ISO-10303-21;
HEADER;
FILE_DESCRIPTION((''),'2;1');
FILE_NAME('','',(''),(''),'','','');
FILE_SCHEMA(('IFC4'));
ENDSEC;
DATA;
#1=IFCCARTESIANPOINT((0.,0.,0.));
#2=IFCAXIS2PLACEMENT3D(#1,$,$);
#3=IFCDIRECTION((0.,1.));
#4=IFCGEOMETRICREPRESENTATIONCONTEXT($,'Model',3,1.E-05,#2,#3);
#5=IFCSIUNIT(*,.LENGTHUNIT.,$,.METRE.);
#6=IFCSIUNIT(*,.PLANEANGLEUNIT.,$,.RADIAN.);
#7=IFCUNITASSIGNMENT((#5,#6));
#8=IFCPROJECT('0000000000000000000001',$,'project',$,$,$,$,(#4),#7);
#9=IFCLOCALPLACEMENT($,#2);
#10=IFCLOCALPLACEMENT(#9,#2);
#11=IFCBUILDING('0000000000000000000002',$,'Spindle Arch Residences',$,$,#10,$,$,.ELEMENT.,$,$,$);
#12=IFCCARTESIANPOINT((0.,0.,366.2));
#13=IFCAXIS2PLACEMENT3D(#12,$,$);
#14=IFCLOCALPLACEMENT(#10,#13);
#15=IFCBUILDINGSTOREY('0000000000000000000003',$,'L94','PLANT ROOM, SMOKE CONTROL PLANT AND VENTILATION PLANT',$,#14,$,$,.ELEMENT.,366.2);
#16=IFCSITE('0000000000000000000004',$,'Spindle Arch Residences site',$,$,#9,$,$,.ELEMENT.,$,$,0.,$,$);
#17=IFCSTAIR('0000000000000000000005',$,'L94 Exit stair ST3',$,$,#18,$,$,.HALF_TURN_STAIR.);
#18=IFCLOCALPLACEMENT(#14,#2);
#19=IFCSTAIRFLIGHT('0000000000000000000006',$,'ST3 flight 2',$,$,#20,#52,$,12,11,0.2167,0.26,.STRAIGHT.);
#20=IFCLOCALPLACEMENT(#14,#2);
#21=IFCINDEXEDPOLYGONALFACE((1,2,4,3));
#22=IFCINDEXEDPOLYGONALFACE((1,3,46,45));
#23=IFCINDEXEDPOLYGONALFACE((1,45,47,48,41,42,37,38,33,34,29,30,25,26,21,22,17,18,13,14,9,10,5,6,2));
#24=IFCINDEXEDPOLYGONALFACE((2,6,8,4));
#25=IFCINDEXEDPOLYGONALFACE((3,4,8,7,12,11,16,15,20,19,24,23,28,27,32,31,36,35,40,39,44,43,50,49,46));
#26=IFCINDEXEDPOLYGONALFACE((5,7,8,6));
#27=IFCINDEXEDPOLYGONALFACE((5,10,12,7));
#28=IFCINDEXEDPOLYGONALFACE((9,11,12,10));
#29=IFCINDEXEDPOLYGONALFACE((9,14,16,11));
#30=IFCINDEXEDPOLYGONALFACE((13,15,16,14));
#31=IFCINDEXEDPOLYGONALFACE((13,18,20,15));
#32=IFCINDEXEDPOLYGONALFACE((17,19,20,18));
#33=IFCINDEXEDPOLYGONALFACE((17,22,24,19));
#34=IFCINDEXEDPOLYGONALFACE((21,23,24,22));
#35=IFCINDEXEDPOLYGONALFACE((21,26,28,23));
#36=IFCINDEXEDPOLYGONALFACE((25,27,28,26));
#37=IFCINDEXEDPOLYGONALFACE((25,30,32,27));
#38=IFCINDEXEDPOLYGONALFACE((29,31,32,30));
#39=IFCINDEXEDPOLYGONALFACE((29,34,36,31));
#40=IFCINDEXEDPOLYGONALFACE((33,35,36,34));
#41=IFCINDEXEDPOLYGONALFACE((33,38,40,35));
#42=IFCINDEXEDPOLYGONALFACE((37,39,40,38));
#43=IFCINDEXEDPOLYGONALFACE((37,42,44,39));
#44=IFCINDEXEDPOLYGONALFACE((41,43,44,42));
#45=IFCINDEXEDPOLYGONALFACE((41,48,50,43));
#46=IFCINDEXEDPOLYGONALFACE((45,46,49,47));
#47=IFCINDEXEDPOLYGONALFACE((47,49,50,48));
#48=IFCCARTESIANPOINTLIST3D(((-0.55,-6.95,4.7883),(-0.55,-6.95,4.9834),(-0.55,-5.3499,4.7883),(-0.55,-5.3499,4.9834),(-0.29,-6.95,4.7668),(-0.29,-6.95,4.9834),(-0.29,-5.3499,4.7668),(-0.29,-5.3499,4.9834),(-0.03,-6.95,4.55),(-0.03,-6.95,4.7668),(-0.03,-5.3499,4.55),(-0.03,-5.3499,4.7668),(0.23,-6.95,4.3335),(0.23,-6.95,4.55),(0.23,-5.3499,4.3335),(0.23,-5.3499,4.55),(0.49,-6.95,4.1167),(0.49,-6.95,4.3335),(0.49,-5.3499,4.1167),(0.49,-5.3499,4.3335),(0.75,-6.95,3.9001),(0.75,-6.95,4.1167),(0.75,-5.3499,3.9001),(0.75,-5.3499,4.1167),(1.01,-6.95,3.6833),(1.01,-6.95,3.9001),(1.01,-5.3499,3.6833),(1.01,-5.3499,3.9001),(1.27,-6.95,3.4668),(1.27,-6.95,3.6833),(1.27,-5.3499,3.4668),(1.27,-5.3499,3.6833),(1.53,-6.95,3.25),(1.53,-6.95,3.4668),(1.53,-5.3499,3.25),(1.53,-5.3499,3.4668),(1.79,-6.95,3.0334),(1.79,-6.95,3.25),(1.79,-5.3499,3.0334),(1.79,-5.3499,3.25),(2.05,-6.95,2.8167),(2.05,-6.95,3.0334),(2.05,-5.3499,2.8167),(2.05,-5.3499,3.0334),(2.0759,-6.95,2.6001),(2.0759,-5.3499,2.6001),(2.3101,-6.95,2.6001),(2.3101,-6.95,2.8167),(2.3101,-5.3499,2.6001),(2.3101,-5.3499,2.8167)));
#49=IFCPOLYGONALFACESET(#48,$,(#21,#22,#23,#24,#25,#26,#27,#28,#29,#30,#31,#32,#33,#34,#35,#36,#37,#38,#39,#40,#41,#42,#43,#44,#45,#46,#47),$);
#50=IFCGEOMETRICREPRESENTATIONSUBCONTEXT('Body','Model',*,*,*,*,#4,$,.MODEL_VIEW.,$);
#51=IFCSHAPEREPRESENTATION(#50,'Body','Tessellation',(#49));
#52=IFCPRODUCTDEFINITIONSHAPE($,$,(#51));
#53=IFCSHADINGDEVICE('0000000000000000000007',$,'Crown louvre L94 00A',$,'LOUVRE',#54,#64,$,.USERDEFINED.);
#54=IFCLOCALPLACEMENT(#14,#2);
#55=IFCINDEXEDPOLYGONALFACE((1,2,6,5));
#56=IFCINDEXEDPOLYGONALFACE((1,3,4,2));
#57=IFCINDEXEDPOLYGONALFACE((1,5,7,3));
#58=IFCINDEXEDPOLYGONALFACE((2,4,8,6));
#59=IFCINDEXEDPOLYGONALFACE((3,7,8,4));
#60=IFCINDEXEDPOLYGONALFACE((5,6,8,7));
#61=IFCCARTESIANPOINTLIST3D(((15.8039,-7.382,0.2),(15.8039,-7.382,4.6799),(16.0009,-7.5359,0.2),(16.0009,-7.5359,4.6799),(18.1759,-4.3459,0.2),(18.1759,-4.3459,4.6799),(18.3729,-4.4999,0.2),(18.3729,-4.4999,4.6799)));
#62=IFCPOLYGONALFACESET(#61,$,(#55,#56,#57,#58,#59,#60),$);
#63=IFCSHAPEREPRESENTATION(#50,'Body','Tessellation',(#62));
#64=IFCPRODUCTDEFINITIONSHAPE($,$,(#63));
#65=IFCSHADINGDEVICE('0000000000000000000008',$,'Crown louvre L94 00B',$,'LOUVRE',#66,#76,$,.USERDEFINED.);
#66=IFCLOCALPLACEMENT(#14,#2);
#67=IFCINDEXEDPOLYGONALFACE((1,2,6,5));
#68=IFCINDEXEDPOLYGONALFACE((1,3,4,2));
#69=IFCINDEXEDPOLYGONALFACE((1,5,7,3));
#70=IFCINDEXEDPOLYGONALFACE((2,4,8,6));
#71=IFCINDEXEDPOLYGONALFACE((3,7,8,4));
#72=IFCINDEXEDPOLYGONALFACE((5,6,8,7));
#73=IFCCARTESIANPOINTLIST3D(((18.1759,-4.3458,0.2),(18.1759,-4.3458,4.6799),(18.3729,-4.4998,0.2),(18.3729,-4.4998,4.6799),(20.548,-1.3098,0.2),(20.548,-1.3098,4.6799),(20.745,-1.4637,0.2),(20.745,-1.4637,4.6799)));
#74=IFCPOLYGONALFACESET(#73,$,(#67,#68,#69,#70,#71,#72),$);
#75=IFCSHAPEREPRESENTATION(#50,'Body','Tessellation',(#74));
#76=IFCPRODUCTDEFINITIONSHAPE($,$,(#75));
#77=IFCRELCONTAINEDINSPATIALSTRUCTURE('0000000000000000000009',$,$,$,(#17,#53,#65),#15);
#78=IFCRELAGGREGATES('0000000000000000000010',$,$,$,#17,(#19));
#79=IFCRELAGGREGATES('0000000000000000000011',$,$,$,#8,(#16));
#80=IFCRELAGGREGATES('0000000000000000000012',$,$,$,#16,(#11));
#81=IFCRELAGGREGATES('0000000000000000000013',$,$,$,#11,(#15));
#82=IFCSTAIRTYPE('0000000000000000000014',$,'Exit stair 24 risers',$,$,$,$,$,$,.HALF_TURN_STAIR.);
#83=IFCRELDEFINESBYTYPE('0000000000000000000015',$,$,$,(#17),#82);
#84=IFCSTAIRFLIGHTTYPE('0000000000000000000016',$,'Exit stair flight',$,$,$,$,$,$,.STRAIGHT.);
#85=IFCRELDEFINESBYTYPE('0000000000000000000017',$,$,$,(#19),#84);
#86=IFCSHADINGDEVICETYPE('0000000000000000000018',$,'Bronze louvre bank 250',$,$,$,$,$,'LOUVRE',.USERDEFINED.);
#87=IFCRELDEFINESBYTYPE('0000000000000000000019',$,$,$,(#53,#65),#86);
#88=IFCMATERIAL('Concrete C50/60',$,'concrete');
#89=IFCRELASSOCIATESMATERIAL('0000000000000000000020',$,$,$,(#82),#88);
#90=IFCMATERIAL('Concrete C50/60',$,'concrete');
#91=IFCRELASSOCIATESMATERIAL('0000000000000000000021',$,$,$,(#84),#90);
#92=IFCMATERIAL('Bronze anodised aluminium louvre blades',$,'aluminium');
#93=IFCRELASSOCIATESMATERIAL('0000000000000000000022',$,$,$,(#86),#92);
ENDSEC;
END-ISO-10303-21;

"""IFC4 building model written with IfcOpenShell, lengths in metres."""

from ifc_helpers import new_model, si_unit, direction, frame, origin, origin_2d, place, context, subcontext, project, spatial, polyline, rectangle, outline, extrude, material, type_object, element, aggregate, save


model = new_model("IFC4")

# Units and contexts
model_context = context("Model", 3, precision=1e-05, world=origin(), true_north=direction((0.0, 1.0)))
body_context = subcontext(model_context, "Body", "Model", "MODEL_VIEW")
ifc_project = project(units=[si_unit("LENGTHUNIT", "METRE"), si_unit("PLANEANGLEUNIT", "RADIAN")], contexts=[model_context])

# Site, building, storey
site_placement = place(None, origin())
site = spatial("IfcSite", under=ifc_project, at=site_placement, Name="Spindle Arch Residences site", CompositionType="ELEMENT", RefElevation=0.0)
building_placement = place(site_placement, origin())
building = spatial("IfcBuilding", under=site, at=building_placement, Name="Spindle Arch Residences", CompositionType="ELEMENT")
storey_placement = place(building_placement, frame((0.0, 0.0, 366.2)))
storey = spatial("IfcBuildingStorey", under=building, at=storey_placement, Name="L94", Description="PLANT ROOM, SMOKE CONTROL PLANT AND VENTILATION PLANT", CompositionType="ELEMENT", Elevation=366.2)

# Stair, stair flight
ifc_material_1 = material(Name="Concrete C50/60", Category="concrete")
stair_type = type_object("IfcStairType", Name="Exit stair 24 risers", PredefinedType="HALF_TURN_STAIR", material=ifc_material_1)
stair_placement = place(storey_placement, origin())
stair = element("IfcStair", 1, at=stair_placement, inside=storey, type_object=stair_type, Name="L94 Exit stair ST3", PredefinedType="HALF_TURN_STAIR")
ifc_material_2 = material(Name="Concrete C50/60", Category="concrete")
stair_flight_type = type_object("IfcStairFlightType", Name="Exit stair flight", PredefinedType="STRAIGHT", material=ifc_material_2)
stair_flight_placement = place(storey_placement, frame((2.3101, -6.1499, 2.6001), z_axis=(0.0, 0.0, 1.0), x_axis=(-1.0, 0.0, 0.0)))
stair_flight = element("IfcStairFlight", 2, at=stair_flight_placement, type_object=stair_flight_type, Name="ST3 flight 2", NumberOfRisers=12, NumberOfTreads=11, PredefinedType="STRAIGHT", RiserHeight=0.2167, TreadLength=0.26, context=body_context, shape_type="SweptSolid", body=[
    extrude(outline(polyline([(0.0, 0.0), (0.0, 0.2166), (0.26, 0.2166), (0.26, 0.4333), (0.52, 0.4333), (0.52, 0.6499), (0.78, 0.6499), (0.78, 0.8667), (1.04, 0.8667), (1.04, 1.0833), (1.3, 1.0833), (1.3, 1.3), (1.5601, 1.3), (1.5601, 1.5166), (1.8201, 1.5166), (1.8201, 1.7334), (2.0801, 1.7334), (2.0801, 1.95), (2.3401, 1.95), (2.3401, 2.1667), (2.6001, 2.1667), (2.6001, 2.3833), (2.8601, 2.3833), (2.8601, 2.6001), (2.8601, 2.1882), (0.2341, 0.0), (0.0, 0.0)])), frame((0.0, 0.8, 0.0), z_axis=(0.0, -1.0, 0.0), x_axis=(1.0, 0.0, 0.0)), (0.0, 0.0, 1.0), 1.6001),
])
aggregate(stair, [stair_flight])

# Shading devices
ifc_material_3 = material(Name="Bronze anodised aluminium louvre blades", Category="aluminium")
shading_device_type = type_object("IfcShadingDeviceType", Name="Bronze louvre bank 250", ElementType="LOUVRE", PredefinedType="USERDEFINED", material=ifc_material_3)
for number, where, z_axis, x_axis, name in (
    (3, (17.0884, -5.9409, 0.2), (0.0, 0.0, 1.0), (0.615661, 0.788011, 0.0), "Crown louvre L94 00A"),
    (4, (19.4604, -2.9048, 0.2), (0.0, 0.0, 1.0), (0.615661, 0.788011, 0.0), "Crown louvre L94 00B"),
):
    element("IfcShadingDevice", number, at=place(storey_placement, frame(where, z_axis=z_axis, x_axis=x_axis)), inside=storey, type_object=shading_device_type, Name=name, ObjectType="LOUVRE", PredefinedType="USERDEFINED", context=body_context, shape_type="SweptSolid", body=[
        extrude(rectangle(XDim=3.8528, YDim=0.25, at=origin_2d()), origin(), (0.0, 0.0, 1.0), 4.48),
    ])

save(model, "model.ifc")
